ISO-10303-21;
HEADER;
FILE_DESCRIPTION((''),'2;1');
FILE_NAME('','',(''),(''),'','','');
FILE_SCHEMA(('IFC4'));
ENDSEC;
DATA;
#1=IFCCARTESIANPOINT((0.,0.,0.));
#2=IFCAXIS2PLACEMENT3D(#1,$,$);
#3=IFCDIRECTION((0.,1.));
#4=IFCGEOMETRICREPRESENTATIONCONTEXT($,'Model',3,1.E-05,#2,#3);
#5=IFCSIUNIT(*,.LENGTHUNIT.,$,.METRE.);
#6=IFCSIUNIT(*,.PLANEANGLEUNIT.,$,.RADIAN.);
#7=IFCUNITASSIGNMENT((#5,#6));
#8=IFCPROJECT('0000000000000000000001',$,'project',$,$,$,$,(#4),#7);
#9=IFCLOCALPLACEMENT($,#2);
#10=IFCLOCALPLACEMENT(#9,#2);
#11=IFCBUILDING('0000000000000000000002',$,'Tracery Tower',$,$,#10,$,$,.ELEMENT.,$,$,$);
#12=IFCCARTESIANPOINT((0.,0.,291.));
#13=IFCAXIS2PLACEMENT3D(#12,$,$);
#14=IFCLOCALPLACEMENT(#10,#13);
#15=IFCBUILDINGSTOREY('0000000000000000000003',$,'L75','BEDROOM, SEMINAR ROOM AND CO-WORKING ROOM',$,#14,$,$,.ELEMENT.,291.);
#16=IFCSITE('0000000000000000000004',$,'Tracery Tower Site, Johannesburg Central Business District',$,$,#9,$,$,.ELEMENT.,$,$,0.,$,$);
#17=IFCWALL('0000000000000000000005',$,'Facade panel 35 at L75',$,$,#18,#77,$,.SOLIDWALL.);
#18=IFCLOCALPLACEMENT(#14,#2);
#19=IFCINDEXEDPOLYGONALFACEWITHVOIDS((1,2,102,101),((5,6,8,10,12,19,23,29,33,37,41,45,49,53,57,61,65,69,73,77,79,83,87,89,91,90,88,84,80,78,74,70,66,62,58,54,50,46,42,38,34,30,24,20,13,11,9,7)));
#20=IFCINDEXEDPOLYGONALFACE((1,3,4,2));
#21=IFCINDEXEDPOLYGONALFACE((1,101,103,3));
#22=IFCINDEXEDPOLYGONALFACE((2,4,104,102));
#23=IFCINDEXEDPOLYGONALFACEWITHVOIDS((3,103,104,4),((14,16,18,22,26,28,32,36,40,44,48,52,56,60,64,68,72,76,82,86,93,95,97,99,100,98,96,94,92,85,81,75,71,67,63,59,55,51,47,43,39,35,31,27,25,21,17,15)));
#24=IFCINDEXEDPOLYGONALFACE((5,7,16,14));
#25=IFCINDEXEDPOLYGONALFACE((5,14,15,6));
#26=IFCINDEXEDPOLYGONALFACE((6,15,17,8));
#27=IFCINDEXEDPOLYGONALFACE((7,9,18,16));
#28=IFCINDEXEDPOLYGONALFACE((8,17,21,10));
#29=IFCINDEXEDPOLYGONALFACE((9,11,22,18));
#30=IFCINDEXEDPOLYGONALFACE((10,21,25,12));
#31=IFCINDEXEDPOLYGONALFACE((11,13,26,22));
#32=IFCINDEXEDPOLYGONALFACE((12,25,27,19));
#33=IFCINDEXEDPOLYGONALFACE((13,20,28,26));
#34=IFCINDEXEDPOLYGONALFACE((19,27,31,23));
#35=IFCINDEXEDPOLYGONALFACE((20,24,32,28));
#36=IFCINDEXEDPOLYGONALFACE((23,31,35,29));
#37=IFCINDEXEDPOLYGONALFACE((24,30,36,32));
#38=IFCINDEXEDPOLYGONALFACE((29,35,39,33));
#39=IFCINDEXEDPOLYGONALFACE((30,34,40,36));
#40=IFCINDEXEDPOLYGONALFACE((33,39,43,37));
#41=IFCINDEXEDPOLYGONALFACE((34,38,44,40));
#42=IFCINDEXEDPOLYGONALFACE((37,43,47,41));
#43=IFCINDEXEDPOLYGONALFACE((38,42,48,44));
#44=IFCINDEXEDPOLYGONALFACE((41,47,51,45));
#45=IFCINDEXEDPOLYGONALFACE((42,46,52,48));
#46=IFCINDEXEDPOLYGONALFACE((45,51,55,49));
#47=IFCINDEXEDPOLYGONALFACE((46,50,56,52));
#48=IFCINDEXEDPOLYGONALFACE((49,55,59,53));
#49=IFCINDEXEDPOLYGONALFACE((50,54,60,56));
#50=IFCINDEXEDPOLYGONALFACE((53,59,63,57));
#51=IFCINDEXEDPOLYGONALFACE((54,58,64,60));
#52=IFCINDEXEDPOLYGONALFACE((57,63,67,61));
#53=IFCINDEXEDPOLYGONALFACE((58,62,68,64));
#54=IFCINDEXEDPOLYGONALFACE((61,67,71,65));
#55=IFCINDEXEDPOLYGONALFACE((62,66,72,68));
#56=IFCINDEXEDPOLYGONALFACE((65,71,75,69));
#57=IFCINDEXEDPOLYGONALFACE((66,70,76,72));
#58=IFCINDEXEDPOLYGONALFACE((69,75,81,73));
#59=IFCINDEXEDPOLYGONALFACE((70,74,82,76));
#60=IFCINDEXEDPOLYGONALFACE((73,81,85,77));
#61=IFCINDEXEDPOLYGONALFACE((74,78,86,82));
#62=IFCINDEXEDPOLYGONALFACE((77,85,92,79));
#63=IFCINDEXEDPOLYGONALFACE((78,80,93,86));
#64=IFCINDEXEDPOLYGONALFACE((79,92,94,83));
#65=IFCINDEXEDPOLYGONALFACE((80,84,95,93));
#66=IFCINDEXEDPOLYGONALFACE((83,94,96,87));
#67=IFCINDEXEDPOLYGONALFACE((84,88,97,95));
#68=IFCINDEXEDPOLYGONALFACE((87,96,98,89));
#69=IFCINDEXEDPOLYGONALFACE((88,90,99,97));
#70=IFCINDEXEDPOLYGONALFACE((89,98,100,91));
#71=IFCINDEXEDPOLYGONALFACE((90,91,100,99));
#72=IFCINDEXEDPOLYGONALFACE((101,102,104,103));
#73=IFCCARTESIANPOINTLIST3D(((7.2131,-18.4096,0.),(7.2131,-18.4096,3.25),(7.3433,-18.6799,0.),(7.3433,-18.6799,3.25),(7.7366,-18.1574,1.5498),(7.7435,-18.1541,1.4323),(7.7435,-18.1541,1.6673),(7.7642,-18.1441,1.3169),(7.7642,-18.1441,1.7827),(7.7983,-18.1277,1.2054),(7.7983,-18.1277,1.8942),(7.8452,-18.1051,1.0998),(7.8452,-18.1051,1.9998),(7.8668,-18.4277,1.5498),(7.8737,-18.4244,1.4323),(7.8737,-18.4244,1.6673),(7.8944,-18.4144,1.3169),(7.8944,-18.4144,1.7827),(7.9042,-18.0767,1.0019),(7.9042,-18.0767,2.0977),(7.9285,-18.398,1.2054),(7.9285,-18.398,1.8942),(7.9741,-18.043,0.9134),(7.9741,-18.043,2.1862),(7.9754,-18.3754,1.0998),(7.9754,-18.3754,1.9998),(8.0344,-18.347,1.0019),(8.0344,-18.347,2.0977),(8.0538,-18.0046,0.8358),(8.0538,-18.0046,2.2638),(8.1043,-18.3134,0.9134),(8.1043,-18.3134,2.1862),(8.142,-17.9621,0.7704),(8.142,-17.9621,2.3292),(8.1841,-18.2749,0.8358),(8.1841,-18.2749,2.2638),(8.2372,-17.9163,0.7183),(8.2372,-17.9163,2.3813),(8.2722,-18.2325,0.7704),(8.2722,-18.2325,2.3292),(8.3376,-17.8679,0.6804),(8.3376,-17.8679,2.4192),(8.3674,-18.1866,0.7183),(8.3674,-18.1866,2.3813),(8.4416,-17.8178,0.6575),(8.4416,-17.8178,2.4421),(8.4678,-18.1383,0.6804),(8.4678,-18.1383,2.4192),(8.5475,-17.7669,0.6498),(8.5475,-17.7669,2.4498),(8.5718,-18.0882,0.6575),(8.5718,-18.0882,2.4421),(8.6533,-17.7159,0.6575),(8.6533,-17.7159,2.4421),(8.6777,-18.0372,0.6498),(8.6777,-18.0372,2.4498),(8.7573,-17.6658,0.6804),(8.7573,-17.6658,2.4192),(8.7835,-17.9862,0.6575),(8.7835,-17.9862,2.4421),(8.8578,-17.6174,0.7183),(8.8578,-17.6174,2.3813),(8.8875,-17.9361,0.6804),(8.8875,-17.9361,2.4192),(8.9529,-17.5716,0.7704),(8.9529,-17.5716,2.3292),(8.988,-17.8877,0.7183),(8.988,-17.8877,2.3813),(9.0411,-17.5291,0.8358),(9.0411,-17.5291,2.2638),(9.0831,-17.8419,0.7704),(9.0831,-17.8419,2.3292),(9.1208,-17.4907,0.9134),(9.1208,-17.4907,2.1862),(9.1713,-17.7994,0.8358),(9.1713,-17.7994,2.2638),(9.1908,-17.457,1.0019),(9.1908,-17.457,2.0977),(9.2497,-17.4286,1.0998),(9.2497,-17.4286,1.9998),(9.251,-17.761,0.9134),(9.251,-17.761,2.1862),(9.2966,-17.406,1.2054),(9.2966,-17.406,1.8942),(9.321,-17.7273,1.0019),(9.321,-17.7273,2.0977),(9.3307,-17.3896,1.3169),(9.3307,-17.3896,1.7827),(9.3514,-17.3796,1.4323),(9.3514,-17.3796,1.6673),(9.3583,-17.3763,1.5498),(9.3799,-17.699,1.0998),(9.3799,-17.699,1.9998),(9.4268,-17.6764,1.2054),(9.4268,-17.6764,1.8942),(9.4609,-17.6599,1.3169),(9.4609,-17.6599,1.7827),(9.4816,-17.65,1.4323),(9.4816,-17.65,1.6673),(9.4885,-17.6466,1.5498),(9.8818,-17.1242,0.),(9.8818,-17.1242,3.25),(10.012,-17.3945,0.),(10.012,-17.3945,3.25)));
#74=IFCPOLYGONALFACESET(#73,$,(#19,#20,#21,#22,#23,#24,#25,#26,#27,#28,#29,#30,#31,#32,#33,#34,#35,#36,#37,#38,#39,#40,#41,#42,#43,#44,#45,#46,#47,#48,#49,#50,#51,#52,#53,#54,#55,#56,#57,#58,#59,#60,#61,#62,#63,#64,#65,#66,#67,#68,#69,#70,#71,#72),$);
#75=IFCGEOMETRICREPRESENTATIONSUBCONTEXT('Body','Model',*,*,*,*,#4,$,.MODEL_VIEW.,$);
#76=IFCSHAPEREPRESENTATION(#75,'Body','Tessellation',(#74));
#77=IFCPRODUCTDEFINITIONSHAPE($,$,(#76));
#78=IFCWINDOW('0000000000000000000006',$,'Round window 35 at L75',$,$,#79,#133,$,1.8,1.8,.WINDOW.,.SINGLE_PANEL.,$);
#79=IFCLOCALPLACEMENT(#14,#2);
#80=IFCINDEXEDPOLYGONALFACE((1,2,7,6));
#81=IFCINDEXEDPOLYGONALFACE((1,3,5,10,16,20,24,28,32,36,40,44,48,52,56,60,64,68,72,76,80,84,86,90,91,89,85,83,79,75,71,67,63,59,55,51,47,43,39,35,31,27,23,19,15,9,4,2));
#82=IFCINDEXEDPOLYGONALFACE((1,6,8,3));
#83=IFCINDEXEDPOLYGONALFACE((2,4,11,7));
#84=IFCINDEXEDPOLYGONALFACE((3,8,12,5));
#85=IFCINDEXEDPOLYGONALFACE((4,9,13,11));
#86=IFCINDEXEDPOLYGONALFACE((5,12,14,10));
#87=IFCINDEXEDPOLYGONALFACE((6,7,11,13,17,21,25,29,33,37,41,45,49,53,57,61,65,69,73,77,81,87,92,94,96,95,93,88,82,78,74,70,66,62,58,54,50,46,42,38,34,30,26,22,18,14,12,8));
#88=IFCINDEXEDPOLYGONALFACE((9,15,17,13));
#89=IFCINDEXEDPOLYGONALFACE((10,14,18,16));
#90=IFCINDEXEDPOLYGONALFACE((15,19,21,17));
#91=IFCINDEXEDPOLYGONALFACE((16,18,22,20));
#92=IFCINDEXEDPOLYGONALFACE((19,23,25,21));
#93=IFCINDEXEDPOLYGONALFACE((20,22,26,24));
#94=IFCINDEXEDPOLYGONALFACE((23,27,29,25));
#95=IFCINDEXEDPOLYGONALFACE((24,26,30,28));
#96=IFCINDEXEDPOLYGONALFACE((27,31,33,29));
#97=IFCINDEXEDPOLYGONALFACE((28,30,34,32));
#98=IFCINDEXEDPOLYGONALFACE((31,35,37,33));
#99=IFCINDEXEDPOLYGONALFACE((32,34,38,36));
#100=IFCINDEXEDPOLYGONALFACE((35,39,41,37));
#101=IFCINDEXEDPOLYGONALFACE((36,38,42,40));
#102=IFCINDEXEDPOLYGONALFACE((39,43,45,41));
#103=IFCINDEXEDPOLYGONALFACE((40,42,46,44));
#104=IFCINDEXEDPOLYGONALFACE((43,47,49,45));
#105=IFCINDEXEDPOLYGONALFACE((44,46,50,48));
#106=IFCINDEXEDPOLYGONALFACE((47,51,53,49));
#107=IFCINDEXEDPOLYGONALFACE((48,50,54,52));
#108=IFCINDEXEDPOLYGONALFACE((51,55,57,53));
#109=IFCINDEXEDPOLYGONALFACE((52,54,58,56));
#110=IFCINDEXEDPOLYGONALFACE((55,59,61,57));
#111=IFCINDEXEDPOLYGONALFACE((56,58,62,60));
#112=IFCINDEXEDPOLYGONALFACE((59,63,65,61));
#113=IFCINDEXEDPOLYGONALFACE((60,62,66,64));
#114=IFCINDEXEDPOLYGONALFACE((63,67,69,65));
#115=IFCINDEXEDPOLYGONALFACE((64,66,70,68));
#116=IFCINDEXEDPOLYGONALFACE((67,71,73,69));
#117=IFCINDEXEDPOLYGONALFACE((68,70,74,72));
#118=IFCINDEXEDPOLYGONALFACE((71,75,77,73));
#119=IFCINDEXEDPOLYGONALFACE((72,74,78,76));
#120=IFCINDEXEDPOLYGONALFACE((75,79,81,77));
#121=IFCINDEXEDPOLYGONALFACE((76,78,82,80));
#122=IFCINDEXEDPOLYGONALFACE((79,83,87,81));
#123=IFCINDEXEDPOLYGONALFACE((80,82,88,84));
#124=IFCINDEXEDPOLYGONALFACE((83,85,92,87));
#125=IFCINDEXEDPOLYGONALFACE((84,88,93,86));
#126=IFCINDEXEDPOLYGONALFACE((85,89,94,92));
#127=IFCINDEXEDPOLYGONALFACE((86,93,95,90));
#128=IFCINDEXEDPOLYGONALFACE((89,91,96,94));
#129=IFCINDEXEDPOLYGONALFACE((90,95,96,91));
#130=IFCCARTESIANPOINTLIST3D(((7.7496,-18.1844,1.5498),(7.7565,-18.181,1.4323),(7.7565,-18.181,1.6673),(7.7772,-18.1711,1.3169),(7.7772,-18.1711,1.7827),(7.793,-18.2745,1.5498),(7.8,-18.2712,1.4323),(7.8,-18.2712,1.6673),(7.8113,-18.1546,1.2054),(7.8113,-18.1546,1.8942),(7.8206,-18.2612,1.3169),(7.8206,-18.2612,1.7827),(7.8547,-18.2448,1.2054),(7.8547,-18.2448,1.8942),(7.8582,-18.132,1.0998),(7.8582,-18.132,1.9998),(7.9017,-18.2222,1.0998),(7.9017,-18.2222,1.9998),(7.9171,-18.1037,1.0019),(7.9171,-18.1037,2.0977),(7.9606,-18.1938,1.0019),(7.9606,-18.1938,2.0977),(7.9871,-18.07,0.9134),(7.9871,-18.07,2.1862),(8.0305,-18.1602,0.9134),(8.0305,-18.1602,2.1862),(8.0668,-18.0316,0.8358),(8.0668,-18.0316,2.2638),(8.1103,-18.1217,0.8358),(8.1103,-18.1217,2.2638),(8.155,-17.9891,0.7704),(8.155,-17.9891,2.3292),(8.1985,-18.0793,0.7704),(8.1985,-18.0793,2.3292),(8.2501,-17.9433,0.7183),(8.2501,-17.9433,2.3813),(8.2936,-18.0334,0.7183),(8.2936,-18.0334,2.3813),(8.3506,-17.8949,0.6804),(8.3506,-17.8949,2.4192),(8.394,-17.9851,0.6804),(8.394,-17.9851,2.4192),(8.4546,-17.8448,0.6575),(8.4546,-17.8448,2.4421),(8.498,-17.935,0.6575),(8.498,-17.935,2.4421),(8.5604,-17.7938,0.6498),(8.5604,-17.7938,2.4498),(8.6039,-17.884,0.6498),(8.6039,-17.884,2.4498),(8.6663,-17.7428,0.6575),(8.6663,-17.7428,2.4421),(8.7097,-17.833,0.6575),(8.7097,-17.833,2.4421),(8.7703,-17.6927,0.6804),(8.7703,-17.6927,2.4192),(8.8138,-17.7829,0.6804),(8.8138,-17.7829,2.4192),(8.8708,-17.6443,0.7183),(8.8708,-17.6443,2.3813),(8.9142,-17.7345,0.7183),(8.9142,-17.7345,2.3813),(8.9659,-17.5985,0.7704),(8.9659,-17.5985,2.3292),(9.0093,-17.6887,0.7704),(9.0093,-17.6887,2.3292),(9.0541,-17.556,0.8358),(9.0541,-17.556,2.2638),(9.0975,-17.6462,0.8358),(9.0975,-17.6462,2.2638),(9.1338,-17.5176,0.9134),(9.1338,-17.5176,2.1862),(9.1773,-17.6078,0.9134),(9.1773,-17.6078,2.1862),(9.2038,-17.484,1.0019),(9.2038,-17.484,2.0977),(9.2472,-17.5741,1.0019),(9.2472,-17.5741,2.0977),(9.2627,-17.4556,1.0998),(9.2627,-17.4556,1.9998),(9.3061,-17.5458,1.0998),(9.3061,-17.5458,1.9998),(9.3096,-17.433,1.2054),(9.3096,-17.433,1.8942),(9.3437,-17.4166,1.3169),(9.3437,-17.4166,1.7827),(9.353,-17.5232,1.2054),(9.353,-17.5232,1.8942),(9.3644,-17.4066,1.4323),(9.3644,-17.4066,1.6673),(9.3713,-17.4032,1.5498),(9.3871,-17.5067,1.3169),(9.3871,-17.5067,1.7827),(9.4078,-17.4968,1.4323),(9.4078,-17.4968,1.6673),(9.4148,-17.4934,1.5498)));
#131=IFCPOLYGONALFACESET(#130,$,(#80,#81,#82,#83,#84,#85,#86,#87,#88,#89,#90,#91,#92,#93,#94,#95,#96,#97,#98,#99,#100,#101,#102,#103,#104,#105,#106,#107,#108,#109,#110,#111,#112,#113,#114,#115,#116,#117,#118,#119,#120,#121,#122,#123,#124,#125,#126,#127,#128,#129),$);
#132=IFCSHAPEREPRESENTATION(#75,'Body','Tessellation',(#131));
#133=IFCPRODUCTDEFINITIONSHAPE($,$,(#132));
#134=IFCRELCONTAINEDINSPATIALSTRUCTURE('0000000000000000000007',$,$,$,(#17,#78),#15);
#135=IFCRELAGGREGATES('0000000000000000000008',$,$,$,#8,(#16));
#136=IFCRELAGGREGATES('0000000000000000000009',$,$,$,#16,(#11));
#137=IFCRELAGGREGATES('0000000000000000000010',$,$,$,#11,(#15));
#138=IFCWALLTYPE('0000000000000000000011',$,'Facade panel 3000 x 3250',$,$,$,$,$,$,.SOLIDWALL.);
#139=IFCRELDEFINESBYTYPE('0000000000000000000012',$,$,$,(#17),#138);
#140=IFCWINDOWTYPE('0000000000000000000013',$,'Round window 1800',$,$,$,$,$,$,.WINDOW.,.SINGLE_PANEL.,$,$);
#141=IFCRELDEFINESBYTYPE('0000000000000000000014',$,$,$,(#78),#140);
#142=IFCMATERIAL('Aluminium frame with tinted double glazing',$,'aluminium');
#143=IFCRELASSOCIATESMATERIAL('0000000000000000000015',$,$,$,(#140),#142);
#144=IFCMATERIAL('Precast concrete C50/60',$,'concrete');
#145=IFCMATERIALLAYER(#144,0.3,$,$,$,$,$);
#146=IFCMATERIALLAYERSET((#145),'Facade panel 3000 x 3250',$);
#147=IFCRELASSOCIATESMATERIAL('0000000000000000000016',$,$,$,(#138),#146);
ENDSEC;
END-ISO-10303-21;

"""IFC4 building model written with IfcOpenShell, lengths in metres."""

from ifc_helpers import new_model, si_unit, direction, frame, frame_2d, origin, origin_2d, place, context, subcontext, project, spatial, rectangle, circle, extrude, material, layer, layer_set, type_object, element, fill, save


model = new_model("IFC4")

# Units and contexts
model_context = context("Model", 3, precision=1e-05, world=origin(), true_north=direction((0.0, 1.0)))
body_context = subcontext(model_context, "Body", "Model", "MODEL_VIEW")
ifc_project = project(units=[si_unit("LENGTHUNIT", "METRE"), si_unit("PLANEANGLEUNIT", "RADIAN")], contexts=[model_context])

# Site, building, storey
site_placement = place(None, origin())
site = spatial("IfcSite", under=ifc_project, at=site_placement, Name="Tracery Tower Site, Johannesburg Central Business District", CompositionType="ELEMENT", RefElevation=0.0)
building_placement = place(site_placement, origin())
building = spatial("IfcBuilding", under=site, at=building_placement, Name="Tracery Tower", CompositionType="ELEMENT")
storey_placement = place(building_placement, frame((0.0, 0.0, 291.0)))
storey = spatial("IfcBuildingStorey", under=building, at=storey_placement, Name="L75", Description="BEDROOM, SEMINAR ROOM AND CO-WORKING ROOM", CompositionType="ELEMENT", Elevation=291.0)

# Wall, opening, window
ifc_material_1 = material(Name="Aluminium frame with tinted double glazing", Category="aluminium")
window_type = type_object("IfcWindowType", Name="Round window 1800", PartitioningType="SINGLE_PANEL", PredefinedType="WINDOW", material=ifc_material_1)
ifc_material_2 = material(Name="Precast concrete C50/60", Category="concrete")
ifc_layer_1 = layer(ifc_material_2, 0.3)
ifc_layer_set_1 = layer_set([ifc_layer_1], Name="Facade panel 3000 x 3250")
wall_type_1 = type_object("IfcWallType", Name="Facade panel 3000 x 3250", PredefinedType="SOLIDWALL", material=ifc_layer_set_1)
wall_1_placement = place(storey_placement, frame((7.2783, -18.5447, 0.0), z_axis=(0.0, 0.0, 1.0), x_axis=(0.90094, 0.433944, 0.0)))
wall_1 = element("IfcWall", 1, at=wall_1_placement, inside=storey, type_object=wall_type_1, Name="Facade panel 35 at L75", PredefinedType="SOLIDWALL", context=body_context, shape_type="SweptSolid", body=[
    extrude(rectangle(XDim=2.9622, YDim=0.3, at=frame_2d((1.481, 0.0))), origin(), (0.0, 0.0, 1.0), 3.25),
])
opening_1_placement = place(wall_1_placement, frame((1.481, 0.0, 1.5498)))
opening_1 = element("IfcOpeningElement", 2, at=opening_1_placement, cuts=wall_1, PredefinedType="OPENING", context=body_context, shape_type="SweptSolid", body=[
    extrude(circle(Radius=0.9, at=origin_2d()), frame((0.0, 0.1599, 0.0), z_axis=(0.0, -1.0, 0.0), x_axis=(1.0, 0.0, 0.0)), (0.0, 0.0, 1.0), 0.3201),
])
window_1_placement = place(opening_1_placement, origin())
window_1 = element("IfcWindow", 3, at=window_1_placement, inside=storey, type_object=window_type, Name="Round window 35 at L75", OverallHeight=1.8, OverallWidth=1.8, PartitioningType="SINGLE_PANEL", PredefinedType="WINDOW", context=body_context, shape_type="SweptSolid", body=[
    extrude(circle(Radius=0.9, at=origin_2d()), frame((0.0, 0.1201, 0.0), z_axis=(0.0, -1.0, 0.0), x_axis=(1.0, 0.0, 0.0)), (0.0, 0.0, 1.0), 0.1001),
])
fill(opening_1, window_1)

save(model, "model.ifc")
